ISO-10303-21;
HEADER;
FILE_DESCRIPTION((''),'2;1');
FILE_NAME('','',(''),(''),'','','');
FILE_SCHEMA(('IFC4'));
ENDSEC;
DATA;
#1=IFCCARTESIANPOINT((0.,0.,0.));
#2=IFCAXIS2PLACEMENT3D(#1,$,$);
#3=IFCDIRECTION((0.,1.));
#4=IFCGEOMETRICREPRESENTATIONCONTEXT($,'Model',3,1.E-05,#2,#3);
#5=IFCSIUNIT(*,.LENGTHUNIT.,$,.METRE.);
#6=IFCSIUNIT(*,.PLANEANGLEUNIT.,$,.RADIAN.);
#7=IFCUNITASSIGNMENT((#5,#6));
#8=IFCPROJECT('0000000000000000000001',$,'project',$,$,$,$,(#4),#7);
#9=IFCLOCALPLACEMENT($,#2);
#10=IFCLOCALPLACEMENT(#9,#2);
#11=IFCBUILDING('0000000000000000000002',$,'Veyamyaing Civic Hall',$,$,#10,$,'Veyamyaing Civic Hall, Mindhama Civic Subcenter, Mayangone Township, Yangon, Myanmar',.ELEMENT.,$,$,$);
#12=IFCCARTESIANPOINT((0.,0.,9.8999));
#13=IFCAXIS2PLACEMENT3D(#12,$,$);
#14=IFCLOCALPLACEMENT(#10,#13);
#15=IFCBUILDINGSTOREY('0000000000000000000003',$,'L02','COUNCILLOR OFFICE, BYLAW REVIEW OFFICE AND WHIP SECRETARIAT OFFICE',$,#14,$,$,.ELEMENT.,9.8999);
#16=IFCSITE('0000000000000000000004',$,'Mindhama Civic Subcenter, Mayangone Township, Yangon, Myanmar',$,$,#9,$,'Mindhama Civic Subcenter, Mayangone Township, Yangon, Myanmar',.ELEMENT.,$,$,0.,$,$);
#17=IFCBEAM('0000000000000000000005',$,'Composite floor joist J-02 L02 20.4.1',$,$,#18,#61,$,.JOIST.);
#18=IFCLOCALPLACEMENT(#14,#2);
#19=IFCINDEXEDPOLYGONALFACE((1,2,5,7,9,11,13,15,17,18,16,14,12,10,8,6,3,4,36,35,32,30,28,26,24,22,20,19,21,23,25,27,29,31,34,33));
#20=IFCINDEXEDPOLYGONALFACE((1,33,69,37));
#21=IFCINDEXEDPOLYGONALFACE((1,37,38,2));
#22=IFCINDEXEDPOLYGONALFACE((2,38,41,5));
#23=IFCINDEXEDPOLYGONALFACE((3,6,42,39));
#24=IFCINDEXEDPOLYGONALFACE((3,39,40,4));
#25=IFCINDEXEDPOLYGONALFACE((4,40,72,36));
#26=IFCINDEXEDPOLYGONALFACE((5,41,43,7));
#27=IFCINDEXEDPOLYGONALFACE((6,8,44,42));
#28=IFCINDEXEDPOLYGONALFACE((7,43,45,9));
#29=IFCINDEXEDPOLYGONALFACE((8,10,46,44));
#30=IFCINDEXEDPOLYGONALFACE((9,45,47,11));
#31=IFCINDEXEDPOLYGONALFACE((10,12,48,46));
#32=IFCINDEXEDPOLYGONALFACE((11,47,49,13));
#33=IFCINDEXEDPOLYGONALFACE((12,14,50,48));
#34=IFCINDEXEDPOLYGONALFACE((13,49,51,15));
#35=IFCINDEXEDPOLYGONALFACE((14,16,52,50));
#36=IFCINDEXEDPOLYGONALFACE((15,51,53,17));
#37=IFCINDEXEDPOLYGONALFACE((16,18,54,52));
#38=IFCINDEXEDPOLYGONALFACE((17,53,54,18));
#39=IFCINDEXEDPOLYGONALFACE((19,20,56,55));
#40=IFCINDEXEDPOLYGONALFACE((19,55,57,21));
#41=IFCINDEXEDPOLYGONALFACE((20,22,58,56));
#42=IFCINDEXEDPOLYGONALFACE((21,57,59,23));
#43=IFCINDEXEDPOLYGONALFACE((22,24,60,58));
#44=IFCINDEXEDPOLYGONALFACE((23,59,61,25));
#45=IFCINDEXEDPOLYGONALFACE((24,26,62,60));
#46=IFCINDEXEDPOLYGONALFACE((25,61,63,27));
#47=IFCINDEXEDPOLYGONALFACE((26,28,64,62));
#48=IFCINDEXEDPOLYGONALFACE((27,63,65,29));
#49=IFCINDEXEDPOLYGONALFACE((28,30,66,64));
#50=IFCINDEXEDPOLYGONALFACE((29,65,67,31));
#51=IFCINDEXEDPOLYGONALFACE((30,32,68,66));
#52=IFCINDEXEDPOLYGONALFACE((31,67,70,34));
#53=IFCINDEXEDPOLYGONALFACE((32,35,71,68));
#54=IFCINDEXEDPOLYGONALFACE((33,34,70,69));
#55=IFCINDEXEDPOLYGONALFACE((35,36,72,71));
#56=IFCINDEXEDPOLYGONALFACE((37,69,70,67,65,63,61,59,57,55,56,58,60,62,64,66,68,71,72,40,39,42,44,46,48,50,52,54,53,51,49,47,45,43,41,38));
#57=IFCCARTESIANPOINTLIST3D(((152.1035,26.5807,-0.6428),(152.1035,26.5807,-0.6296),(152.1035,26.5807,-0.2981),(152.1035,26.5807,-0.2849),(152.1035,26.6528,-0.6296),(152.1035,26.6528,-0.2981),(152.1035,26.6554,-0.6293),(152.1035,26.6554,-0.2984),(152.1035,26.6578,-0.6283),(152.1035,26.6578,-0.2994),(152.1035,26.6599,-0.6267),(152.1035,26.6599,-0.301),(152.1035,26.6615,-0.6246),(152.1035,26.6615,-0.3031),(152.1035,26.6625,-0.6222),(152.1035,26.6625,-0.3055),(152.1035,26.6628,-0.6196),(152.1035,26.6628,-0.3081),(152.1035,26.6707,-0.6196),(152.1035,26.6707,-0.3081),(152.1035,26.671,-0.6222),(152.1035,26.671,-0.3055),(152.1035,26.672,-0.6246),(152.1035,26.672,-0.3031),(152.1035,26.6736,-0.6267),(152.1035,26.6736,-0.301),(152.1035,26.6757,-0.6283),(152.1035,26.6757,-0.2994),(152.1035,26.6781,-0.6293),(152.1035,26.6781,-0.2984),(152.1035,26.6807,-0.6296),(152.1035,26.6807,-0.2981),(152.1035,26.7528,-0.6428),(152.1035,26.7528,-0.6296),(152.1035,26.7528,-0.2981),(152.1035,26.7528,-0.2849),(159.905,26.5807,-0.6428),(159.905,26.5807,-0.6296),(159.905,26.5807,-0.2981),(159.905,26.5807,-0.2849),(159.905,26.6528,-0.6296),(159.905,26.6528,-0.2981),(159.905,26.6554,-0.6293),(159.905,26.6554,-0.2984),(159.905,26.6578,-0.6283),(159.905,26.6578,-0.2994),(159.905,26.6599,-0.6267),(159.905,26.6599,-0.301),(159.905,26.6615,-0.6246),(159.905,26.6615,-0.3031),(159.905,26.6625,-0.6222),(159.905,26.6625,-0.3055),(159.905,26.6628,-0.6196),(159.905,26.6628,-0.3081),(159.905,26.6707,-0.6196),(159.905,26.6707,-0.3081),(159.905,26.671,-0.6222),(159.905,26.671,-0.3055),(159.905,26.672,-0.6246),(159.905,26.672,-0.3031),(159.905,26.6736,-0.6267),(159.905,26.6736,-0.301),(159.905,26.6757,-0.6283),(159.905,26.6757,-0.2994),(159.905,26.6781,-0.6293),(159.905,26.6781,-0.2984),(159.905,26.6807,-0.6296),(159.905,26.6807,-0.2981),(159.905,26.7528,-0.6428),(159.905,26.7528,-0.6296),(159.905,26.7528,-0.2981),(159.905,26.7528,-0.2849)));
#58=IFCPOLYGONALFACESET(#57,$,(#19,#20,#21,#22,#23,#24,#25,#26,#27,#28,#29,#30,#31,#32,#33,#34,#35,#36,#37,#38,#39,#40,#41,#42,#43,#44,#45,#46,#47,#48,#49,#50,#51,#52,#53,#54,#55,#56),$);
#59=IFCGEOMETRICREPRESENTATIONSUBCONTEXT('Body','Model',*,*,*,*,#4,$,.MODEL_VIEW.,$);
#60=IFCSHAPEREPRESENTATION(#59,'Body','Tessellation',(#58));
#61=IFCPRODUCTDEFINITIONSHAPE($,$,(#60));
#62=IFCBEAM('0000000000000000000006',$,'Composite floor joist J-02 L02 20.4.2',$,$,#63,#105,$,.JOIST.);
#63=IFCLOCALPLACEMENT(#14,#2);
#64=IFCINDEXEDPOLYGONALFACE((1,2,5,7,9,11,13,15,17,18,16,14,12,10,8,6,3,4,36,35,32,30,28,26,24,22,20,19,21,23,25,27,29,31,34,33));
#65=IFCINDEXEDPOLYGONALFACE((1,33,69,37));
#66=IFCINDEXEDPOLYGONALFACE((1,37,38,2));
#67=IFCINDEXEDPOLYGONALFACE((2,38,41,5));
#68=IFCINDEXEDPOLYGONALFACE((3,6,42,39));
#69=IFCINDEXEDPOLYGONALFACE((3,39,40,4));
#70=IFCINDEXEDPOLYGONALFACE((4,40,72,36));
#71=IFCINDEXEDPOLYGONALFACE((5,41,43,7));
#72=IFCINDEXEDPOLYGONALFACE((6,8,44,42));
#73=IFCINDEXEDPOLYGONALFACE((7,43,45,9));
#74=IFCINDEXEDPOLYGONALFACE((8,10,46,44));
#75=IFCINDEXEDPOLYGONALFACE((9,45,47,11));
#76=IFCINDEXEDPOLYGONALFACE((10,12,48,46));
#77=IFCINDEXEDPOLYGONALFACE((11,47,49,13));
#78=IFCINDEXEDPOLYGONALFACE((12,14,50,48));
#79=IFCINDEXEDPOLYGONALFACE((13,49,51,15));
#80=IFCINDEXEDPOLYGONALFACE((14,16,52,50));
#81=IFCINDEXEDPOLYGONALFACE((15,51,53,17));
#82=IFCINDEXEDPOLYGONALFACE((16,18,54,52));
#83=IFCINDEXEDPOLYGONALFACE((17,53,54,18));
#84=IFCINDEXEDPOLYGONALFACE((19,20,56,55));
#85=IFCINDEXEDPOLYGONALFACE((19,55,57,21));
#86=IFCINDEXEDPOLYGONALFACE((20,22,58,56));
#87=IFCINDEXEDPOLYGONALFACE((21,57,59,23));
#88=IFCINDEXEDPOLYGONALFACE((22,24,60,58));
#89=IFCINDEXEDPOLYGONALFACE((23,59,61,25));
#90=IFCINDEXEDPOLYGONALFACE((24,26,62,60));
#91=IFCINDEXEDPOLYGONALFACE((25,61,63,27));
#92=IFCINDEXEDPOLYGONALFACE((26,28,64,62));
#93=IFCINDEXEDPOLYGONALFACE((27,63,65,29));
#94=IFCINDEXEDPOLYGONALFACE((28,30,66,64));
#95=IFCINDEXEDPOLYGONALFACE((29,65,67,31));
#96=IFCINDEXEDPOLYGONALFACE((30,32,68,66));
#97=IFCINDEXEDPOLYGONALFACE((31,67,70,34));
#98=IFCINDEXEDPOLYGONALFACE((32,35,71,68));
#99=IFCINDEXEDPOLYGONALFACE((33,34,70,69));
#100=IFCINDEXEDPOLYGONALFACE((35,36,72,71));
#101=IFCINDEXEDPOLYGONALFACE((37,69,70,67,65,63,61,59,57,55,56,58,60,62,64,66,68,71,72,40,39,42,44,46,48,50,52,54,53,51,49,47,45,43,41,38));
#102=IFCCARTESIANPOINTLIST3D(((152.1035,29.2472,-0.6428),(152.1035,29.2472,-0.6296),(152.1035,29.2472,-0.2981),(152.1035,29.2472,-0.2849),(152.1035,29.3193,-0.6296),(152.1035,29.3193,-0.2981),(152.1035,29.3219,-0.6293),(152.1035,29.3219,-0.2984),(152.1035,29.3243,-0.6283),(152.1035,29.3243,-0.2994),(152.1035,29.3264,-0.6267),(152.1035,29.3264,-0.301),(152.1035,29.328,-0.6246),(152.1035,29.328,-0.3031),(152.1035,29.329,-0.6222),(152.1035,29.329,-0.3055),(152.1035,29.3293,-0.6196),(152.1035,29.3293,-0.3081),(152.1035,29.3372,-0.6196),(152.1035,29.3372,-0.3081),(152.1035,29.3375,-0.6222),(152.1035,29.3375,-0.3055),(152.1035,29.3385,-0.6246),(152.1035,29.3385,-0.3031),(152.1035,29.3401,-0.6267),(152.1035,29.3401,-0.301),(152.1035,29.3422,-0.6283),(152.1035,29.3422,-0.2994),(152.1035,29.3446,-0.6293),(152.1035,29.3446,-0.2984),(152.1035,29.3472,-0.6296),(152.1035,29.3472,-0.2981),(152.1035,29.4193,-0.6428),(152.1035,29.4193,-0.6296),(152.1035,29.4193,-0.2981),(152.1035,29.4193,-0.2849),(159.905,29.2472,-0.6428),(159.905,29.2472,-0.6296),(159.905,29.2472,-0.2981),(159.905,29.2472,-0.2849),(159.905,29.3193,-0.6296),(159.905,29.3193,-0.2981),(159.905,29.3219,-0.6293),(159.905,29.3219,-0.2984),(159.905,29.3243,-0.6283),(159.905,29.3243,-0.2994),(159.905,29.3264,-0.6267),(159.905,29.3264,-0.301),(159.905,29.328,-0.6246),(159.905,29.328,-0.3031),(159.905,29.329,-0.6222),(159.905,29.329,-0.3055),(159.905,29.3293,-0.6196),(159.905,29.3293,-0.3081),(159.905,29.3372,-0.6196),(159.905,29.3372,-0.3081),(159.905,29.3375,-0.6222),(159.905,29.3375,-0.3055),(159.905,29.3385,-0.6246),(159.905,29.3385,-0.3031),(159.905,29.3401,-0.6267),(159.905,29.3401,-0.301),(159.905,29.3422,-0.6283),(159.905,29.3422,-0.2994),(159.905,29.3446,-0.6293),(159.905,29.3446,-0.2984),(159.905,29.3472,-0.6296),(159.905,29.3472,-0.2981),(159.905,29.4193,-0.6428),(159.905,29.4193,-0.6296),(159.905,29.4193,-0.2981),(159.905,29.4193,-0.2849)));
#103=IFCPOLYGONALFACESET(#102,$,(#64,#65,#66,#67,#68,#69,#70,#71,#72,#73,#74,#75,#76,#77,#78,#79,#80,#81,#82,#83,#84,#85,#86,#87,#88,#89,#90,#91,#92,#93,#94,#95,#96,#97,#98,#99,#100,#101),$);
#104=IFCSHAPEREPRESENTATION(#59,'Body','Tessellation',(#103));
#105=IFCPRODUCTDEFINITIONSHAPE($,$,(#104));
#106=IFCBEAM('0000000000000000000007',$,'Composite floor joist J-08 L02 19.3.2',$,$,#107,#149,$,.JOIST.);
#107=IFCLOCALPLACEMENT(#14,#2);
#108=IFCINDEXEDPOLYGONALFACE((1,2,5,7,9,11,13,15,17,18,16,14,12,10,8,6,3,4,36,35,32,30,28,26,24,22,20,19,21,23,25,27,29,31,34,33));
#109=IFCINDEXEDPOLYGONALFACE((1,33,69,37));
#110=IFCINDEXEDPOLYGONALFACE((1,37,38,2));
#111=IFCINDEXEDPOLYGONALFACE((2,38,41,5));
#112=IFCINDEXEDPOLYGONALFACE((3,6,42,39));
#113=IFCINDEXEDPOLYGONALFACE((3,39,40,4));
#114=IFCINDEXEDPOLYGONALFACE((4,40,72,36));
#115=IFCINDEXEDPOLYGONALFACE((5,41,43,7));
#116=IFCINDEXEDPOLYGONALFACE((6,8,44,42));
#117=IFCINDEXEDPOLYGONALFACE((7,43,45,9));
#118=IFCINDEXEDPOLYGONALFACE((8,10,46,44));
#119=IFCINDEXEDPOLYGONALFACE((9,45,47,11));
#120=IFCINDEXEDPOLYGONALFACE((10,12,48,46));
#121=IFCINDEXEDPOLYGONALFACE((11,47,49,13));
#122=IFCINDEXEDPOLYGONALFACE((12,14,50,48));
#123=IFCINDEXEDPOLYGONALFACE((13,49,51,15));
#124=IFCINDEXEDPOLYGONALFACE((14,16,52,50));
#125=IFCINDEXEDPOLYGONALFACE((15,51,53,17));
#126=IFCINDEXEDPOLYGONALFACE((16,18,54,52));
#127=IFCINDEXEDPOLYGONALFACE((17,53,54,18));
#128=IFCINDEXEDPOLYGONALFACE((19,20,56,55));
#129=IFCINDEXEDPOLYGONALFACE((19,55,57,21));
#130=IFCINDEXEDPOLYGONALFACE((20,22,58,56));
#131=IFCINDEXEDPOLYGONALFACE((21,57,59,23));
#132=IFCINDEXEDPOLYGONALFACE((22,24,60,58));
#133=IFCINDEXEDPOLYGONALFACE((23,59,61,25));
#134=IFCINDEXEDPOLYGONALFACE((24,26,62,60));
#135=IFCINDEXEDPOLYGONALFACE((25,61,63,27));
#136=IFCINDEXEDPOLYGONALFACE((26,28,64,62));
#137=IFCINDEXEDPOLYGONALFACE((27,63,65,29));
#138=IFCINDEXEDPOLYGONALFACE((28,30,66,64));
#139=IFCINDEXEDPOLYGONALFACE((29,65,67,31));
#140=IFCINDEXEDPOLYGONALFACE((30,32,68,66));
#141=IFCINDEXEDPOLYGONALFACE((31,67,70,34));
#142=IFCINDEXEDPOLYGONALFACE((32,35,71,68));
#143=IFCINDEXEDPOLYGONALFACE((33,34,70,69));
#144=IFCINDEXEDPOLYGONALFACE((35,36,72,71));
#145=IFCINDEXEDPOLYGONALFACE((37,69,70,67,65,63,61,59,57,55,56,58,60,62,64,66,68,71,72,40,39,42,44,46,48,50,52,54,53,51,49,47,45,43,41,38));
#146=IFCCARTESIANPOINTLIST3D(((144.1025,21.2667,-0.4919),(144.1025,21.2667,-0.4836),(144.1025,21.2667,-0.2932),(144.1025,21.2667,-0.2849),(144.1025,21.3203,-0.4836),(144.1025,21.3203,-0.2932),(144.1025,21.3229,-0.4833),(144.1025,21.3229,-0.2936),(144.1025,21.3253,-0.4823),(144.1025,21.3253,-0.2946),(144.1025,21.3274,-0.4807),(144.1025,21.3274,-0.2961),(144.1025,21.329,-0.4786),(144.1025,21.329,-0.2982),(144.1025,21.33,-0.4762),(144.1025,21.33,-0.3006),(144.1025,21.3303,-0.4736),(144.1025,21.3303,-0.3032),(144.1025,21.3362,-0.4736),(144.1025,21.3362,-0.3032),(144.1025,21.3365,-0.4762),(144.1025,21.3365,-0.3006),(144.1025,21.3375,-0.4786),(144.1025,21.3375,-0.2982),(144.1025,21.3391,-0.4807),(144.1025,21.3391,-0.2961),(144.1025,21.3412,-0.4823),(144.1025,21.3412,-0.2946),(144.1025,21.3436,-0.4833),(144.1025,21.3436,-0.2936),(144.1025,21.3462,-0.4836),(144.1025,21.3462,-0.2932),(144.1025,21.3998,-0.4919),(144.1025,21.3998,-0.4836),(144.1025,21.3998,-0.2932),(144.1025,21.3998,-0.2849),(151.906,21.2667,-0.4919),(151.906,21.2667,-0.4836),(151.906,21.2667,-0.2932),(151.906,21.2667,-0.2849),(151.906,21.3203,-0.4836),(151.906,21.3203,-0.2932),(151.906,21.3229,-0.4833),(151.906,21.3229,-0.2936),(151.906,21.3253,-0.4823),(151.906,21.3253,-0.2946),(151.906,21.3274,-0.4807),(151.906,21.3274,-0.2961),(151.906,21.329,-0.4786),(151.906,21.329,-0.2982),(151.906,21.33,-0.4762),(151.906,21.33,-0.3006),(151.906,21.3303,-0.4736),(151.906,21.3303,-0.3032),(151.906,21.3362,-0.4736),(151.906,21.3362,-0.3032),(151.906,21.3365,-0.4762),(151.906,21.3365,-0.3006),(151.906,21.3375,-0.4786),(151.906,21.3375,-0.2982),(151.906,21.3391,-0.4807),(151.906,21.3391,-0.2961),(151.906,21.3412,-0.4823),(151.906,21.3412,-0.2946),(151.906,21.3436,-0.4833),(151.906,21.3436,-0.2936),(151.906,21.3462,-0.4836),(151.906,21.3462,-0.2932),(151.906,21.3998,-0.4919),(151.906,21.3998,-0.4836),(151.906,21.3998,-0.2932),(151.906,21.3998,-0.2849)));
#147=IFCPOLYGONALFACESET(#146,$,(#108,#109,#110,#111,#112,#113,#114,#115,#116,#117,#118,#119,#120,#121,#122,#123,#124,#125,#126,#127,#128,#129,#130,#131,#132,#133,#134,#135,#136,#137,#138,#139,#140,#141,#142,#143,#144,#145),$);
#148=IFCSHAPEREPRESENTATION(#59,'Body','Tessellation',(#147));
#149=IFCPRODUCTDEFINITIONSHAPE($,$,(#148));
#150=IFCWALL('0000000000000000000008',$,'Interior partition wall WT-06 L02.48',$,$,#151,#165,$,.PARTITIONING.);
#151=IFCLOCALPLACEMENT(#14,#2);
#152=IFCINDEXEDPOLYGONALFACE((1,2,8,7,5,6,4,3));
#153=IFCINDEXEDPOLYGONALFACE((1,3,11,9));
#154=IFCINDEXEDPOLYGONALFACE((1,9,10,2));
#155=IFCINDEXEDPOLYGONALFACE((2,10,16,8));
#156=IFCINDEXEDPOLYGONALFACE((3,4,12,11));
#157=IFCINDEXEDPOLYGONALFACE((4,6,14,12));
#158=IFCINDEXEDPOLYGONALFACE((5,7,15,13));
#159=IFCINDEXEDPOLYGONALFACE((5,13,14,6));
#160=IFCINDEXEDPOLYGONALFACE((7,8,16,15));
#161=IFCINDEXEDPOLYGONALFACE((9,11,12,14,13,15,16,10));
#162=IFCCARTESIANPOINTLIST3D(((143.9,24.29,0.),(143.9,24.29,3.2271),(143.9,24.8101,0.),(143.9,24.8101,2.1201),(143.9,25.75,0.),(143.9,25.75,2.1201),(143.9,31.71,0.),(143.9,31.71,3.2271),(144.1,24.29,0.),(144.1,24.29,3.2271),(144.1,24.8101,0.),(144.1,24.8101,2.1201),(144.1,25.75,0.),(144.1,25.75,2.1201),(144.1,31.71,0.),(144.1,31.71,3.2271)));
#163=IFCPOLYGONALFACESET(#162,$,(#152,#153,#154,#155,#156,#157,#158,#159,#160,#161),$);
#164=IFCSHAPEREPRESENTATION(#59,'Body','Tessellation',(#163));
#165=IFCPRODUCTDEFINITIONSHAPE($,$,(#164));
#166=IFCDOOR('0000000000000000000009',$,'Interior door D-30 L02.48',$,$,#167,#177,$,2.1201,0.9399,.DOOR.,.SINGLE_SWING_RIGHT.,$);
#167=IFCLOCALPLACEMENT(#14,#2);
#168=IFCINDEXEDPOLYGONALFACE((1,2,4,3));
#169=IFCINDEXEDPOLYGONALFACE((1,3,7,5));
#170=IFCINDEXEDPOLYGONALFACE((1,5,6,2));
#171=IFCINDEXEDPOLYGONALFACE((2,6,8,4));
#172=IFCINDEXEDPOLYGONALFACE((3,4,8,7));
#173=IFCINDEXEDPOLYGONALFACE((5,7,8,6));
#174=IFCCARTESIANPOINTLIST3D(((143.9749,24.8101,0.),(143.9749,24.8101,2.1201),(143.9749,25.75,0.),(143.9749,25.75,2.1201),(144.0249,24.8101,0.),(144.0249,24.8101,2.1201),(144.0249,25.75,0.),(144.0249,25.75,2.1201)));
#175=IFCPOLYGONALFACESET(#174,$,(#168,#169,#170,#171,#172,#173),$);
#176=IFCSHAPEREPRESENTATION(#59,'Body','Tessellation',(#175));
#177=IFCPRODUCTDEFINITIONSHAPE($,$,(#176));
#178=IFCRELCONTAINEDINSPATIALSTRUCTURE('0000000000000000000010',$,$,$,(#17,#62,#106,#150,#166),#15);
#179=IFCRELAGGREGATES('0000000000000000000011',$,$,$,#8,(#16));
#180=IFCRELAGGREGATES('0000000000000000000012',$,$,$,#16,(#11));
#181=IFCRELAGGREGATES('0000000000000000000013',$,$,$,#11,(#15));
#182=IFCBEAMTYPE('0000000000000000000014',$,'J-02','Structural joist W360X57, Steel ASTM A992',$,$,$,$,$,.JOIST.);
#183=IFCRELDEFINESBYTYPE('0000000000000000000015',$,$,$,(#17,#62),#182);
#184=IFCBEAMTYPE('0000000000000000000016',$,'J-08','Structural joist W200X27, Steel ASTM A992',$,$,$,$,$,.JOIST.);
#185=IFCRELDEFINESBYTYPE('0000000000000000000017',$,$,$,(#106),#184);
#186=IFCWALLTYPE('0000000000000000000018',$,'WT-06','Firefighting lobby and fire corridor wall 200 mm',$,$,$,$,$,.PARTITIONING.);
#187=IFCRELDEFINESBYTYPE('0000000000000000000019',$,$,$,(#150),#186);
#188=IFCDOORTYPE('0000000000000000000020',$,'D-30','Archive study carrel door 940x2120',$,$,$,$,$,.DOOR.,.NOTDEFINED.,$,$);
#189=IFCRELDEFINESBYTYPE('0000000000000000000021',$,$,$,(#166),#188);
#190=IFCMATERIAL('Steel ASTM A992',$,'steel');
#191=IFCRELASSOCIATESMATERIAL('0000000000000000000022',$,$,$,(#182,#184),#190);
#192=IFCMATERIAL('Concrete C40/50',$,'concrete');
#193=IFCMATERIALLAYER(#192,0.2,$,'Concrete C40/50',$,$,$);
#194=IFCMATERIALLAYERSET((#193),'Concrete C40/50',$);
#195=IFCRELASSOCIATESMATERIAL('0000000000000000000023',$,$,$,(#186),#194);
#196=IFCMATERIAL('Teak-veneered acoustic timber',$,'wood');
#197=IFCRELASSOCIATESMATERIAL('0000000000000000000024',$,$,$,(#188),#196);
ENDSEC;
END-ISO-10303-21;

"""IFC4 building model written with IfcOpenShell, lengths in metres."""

from ifc_helpers import new_model, si_unit, direction, frame, frame_2d, origin, origin_2d, place, context, subcontext, project, spatial, rectangle, i_section, extrude, material, layer, layer_set, material_profile, profile_set, type_object, element, fill, save


model = new_model("IFC4")

# Units and contexts
model_context = context("Model", 3, precision=1e-05, world=origin(), true_north=direction((0.0, 1.0)))
body_context = subcontext(model_context, "Body", "Model", "MODEL_VIEW")
ifc_project = project(units=[si_unit("LENGTHUNIT", "METRE"), si_unit("PLANEANGLEUNIT", "RADIAN")], contexts=[model_context])

# Site, building, storey
site_placement = place(None, origin())
site = spatial("IfcSite", under=ifc_project, at=site_placement, Name="Mindhama Civic Subcenter, Mayangone Township, Yangon, Myanmar", LongName="Mindhama Civic Subcenter, Mayangone Township, Yangon, Myanmar", CompositionType="ELEMENT", RefElevation=0.0)
building_placement = place(site_placement, origin())
building = spatial("IfcBuilding", under=site, at=building_placement, Name="Veyamyaing Civic Hall", LongName="Veyamyaing Civic Hall, Mindhama Civic Subcenter, Mayangone Township, Yangon, Myanmar", CompositionType="ELEMENT")
storey_placement = place(building_placement, frame((0.0, 0.0, 9.8999)))
storey = spatial("IfcBuildingStorey", under=building, at=storey_placement, Name="L02", Description="COUNCILLOR OFFICE, BYLAW REVIEW OFFICE AND WHIP SECRETARIAT OFFICE", CompositionType="ELEMENT", Elevation=9.8999)

# Beams
ifc_material_1 = material(Name="Steel ASTM A992", Category="steel")
ifc_material_profile_1 = material_profile(ifc_material_1, i_section(OverallWidth=0.1721, OverallDepth=0.3579, WebThickness=0.0078, FlangeThickness=0.0132, FilletRadius=0.01, at=origin_2d()), Name="W360X57")
ifc_profile_set_1 = profile_set([ifc_material_profile_1], Name="Steel ASTM A992")
beam_type_1 = type_object("IfcBeamType", Name="J-02", Description="Structural joist W360X57, Steel ASTM A992", PredefinedType="JOIST", material=ifc_profile_set_1)
for number, where, z_axis, x_axis, name in (
    (1, (152.1035, 26.6667, -0.4639), (1.0, 0.0, 0.0), (0.0, 1.0, 0.0), "Composite floor joist J-02 L02 20.4.1"),
    (2, (152.1035, 29.3333, -0.4639), (1.0, 0.0, 0.0), (0.0, 1.0, 0.0), "Composite floor joist J-02 L02 20.4.2"),
):
    element("IfcBeam", number, at=place(storey_placement, frame(where, z_axis=z_axis, x_axis=x_axis)), inside=storey, type_object=beam_type_1, Name=name, PredefinedType="JOIST", context=body_context, shape_type="SweptSolid", body=[
        extrude(i_section(OverallWidth=0.1721, OverallDepth=0.3579, WebThickness=0.0078, FlangeThickness=0.0132, FilletRadius=0.01, at=origin_2d()), origin(), (0.0, 0.0, 1.0), 7.8015),
    ])
ifc_material_profile_2 = material_profile(ifc_material_1, i_section(OverallWidth=0.1331, OverallDepth=0.207, WebThickness=0.0059, FlangeThickness=0.0083, FilletRadius=0.01, at=origin_2d()), Name="W200X27")
ifc_profile_set_2 = profile_set([ifc_material_profile_2], Name="Steel ASTM A992")
beam_type_2 = type_object("IfcBeamType", Name="J-08", Description="Structural joist W200X27, Steel ASTM A992", PredefinedType="JOIST", material=ifc_profile_set_2)
beam_1_placement = place(storey_placement, frame((144.1025, 21.3333, -0.3884), z_axis=(1.0, 0.0, 0.0), x_axis=(0.0, 1.0, 0.0)))
element("IfcBeam", 3, at=beam_1_placement, inside=storey, type_object=beam_type_2, Name="Composite floor joist J-08 L02 19.3.2", PredefinedType="JOIST", context=body_context, shape_type="SweptSolid", body=[
    extrude(i_section(OverallWidth=0.1331, OverallDepth=0.207, WebThickness=0.0059, FlangeThickness=0.0083, FilletRadius=0.01, at=origin_2d()), origin(), (0.0, 0.0, 1.0), 7.8035),
])

# Wall, opening, door
ifc_material_2 = material(Name="Concrete C40/50", Category="concrete")
ifc_layer_1 = layer(ifc_material_2, 0.2, Name="Concrete C40/50")
ifc_layer_set_1 = layer_set([ifc_layer_1], Name="Concrete C40/50")
wall_type_1 = type_object("IfcWallType", Name="WT-06", Description="Firefighting lobby and fire corridor wall 200 mm", PredefinedType="PARTITIONING", material=ifc_layer_set_1)
wall_1_placement = place(storey_placement, frame((144.0, 24.29, 0.0), z_axis=(0.0, 0.0, 1.0), x_axis=(0.0, 1.0, 0.0)))
wall_1 = element("IfcWall", 4, at=wall_1_placement, inside=storey, type_object=wall_type_1, Name="Interior partition wall WT-06 L02.48", PredefinedType="PARTITIONING", context=body_context, shape_type="SweptSolid", body=[
    extrude(rectangle(XDim=7.4199, YDim=0.2, at=frame_2d((3.71, 0.0))), origin(), (0.0, 0.0, 1.0), 3.2271),
])
opening_1_placement = place(wall_1_placement, frame((0.52, 0.0, 0.0)))
opening_1 = element("IfcOpeningElement", 5, at=opening_1_placement, cuts=wall_1, PredefinedType="OPENING", context=body_context, shape_type="SweptSolid", body=[
    extrude(rectangle(XDim=0.9399, YDim=2.1201, at=frame_2d((0.47, 1.0601))), frame((0.0, 0.1099, 0.0), z_axis=(0.0, -1.0, 0.0), x_axis=(1.0, 0.0, 0.0)), (0.0, 0.0, 1.0), 0.22),
])
ifc_material_3 = material(Name="Teak-veneered acoustic timber", Category="wood")
door_type_1 = type_object("IfcDoorType", Name="D-30", Description="Archive study carrel door 940x2120", OperationType="NOTDEFINED", PredefinedType="DOOR", material=ifc_material_3)
door_1_placement = place(opening_1_placement, frame((0.9399, 0.0, 0.0), z_axis=(0.0, 0.0, 1.0), x_axis=(-1.0, 0.0, 0.0)))
door_1 = element("IfcDoor", 6, at=door_1_placement, inside=storey, type_object=door_type_1, Name="Interior door D-30 L02.48", OperationType="SINGLE_SWING_RIGHT", OverallHeight=2.1201, OverallWidth=0.9399, PredefinedType="DOOR", context=body_context, shape_type="SweptSolid", body=[
    extrude(rectangle(XDim=0.9399, YDim=2.1201, at=frame_2d((0.47, 1.0601))), frame((0.0, 0.0249, 0.0), z_axis=(0.0, -1.0, 0.0), x_axis=(1.0, 0.0, 0.0)), (0.0, 0.0, 1.0), 0.05),
])
fill(opening_1, door_1)

save(model, "model.ifc")
